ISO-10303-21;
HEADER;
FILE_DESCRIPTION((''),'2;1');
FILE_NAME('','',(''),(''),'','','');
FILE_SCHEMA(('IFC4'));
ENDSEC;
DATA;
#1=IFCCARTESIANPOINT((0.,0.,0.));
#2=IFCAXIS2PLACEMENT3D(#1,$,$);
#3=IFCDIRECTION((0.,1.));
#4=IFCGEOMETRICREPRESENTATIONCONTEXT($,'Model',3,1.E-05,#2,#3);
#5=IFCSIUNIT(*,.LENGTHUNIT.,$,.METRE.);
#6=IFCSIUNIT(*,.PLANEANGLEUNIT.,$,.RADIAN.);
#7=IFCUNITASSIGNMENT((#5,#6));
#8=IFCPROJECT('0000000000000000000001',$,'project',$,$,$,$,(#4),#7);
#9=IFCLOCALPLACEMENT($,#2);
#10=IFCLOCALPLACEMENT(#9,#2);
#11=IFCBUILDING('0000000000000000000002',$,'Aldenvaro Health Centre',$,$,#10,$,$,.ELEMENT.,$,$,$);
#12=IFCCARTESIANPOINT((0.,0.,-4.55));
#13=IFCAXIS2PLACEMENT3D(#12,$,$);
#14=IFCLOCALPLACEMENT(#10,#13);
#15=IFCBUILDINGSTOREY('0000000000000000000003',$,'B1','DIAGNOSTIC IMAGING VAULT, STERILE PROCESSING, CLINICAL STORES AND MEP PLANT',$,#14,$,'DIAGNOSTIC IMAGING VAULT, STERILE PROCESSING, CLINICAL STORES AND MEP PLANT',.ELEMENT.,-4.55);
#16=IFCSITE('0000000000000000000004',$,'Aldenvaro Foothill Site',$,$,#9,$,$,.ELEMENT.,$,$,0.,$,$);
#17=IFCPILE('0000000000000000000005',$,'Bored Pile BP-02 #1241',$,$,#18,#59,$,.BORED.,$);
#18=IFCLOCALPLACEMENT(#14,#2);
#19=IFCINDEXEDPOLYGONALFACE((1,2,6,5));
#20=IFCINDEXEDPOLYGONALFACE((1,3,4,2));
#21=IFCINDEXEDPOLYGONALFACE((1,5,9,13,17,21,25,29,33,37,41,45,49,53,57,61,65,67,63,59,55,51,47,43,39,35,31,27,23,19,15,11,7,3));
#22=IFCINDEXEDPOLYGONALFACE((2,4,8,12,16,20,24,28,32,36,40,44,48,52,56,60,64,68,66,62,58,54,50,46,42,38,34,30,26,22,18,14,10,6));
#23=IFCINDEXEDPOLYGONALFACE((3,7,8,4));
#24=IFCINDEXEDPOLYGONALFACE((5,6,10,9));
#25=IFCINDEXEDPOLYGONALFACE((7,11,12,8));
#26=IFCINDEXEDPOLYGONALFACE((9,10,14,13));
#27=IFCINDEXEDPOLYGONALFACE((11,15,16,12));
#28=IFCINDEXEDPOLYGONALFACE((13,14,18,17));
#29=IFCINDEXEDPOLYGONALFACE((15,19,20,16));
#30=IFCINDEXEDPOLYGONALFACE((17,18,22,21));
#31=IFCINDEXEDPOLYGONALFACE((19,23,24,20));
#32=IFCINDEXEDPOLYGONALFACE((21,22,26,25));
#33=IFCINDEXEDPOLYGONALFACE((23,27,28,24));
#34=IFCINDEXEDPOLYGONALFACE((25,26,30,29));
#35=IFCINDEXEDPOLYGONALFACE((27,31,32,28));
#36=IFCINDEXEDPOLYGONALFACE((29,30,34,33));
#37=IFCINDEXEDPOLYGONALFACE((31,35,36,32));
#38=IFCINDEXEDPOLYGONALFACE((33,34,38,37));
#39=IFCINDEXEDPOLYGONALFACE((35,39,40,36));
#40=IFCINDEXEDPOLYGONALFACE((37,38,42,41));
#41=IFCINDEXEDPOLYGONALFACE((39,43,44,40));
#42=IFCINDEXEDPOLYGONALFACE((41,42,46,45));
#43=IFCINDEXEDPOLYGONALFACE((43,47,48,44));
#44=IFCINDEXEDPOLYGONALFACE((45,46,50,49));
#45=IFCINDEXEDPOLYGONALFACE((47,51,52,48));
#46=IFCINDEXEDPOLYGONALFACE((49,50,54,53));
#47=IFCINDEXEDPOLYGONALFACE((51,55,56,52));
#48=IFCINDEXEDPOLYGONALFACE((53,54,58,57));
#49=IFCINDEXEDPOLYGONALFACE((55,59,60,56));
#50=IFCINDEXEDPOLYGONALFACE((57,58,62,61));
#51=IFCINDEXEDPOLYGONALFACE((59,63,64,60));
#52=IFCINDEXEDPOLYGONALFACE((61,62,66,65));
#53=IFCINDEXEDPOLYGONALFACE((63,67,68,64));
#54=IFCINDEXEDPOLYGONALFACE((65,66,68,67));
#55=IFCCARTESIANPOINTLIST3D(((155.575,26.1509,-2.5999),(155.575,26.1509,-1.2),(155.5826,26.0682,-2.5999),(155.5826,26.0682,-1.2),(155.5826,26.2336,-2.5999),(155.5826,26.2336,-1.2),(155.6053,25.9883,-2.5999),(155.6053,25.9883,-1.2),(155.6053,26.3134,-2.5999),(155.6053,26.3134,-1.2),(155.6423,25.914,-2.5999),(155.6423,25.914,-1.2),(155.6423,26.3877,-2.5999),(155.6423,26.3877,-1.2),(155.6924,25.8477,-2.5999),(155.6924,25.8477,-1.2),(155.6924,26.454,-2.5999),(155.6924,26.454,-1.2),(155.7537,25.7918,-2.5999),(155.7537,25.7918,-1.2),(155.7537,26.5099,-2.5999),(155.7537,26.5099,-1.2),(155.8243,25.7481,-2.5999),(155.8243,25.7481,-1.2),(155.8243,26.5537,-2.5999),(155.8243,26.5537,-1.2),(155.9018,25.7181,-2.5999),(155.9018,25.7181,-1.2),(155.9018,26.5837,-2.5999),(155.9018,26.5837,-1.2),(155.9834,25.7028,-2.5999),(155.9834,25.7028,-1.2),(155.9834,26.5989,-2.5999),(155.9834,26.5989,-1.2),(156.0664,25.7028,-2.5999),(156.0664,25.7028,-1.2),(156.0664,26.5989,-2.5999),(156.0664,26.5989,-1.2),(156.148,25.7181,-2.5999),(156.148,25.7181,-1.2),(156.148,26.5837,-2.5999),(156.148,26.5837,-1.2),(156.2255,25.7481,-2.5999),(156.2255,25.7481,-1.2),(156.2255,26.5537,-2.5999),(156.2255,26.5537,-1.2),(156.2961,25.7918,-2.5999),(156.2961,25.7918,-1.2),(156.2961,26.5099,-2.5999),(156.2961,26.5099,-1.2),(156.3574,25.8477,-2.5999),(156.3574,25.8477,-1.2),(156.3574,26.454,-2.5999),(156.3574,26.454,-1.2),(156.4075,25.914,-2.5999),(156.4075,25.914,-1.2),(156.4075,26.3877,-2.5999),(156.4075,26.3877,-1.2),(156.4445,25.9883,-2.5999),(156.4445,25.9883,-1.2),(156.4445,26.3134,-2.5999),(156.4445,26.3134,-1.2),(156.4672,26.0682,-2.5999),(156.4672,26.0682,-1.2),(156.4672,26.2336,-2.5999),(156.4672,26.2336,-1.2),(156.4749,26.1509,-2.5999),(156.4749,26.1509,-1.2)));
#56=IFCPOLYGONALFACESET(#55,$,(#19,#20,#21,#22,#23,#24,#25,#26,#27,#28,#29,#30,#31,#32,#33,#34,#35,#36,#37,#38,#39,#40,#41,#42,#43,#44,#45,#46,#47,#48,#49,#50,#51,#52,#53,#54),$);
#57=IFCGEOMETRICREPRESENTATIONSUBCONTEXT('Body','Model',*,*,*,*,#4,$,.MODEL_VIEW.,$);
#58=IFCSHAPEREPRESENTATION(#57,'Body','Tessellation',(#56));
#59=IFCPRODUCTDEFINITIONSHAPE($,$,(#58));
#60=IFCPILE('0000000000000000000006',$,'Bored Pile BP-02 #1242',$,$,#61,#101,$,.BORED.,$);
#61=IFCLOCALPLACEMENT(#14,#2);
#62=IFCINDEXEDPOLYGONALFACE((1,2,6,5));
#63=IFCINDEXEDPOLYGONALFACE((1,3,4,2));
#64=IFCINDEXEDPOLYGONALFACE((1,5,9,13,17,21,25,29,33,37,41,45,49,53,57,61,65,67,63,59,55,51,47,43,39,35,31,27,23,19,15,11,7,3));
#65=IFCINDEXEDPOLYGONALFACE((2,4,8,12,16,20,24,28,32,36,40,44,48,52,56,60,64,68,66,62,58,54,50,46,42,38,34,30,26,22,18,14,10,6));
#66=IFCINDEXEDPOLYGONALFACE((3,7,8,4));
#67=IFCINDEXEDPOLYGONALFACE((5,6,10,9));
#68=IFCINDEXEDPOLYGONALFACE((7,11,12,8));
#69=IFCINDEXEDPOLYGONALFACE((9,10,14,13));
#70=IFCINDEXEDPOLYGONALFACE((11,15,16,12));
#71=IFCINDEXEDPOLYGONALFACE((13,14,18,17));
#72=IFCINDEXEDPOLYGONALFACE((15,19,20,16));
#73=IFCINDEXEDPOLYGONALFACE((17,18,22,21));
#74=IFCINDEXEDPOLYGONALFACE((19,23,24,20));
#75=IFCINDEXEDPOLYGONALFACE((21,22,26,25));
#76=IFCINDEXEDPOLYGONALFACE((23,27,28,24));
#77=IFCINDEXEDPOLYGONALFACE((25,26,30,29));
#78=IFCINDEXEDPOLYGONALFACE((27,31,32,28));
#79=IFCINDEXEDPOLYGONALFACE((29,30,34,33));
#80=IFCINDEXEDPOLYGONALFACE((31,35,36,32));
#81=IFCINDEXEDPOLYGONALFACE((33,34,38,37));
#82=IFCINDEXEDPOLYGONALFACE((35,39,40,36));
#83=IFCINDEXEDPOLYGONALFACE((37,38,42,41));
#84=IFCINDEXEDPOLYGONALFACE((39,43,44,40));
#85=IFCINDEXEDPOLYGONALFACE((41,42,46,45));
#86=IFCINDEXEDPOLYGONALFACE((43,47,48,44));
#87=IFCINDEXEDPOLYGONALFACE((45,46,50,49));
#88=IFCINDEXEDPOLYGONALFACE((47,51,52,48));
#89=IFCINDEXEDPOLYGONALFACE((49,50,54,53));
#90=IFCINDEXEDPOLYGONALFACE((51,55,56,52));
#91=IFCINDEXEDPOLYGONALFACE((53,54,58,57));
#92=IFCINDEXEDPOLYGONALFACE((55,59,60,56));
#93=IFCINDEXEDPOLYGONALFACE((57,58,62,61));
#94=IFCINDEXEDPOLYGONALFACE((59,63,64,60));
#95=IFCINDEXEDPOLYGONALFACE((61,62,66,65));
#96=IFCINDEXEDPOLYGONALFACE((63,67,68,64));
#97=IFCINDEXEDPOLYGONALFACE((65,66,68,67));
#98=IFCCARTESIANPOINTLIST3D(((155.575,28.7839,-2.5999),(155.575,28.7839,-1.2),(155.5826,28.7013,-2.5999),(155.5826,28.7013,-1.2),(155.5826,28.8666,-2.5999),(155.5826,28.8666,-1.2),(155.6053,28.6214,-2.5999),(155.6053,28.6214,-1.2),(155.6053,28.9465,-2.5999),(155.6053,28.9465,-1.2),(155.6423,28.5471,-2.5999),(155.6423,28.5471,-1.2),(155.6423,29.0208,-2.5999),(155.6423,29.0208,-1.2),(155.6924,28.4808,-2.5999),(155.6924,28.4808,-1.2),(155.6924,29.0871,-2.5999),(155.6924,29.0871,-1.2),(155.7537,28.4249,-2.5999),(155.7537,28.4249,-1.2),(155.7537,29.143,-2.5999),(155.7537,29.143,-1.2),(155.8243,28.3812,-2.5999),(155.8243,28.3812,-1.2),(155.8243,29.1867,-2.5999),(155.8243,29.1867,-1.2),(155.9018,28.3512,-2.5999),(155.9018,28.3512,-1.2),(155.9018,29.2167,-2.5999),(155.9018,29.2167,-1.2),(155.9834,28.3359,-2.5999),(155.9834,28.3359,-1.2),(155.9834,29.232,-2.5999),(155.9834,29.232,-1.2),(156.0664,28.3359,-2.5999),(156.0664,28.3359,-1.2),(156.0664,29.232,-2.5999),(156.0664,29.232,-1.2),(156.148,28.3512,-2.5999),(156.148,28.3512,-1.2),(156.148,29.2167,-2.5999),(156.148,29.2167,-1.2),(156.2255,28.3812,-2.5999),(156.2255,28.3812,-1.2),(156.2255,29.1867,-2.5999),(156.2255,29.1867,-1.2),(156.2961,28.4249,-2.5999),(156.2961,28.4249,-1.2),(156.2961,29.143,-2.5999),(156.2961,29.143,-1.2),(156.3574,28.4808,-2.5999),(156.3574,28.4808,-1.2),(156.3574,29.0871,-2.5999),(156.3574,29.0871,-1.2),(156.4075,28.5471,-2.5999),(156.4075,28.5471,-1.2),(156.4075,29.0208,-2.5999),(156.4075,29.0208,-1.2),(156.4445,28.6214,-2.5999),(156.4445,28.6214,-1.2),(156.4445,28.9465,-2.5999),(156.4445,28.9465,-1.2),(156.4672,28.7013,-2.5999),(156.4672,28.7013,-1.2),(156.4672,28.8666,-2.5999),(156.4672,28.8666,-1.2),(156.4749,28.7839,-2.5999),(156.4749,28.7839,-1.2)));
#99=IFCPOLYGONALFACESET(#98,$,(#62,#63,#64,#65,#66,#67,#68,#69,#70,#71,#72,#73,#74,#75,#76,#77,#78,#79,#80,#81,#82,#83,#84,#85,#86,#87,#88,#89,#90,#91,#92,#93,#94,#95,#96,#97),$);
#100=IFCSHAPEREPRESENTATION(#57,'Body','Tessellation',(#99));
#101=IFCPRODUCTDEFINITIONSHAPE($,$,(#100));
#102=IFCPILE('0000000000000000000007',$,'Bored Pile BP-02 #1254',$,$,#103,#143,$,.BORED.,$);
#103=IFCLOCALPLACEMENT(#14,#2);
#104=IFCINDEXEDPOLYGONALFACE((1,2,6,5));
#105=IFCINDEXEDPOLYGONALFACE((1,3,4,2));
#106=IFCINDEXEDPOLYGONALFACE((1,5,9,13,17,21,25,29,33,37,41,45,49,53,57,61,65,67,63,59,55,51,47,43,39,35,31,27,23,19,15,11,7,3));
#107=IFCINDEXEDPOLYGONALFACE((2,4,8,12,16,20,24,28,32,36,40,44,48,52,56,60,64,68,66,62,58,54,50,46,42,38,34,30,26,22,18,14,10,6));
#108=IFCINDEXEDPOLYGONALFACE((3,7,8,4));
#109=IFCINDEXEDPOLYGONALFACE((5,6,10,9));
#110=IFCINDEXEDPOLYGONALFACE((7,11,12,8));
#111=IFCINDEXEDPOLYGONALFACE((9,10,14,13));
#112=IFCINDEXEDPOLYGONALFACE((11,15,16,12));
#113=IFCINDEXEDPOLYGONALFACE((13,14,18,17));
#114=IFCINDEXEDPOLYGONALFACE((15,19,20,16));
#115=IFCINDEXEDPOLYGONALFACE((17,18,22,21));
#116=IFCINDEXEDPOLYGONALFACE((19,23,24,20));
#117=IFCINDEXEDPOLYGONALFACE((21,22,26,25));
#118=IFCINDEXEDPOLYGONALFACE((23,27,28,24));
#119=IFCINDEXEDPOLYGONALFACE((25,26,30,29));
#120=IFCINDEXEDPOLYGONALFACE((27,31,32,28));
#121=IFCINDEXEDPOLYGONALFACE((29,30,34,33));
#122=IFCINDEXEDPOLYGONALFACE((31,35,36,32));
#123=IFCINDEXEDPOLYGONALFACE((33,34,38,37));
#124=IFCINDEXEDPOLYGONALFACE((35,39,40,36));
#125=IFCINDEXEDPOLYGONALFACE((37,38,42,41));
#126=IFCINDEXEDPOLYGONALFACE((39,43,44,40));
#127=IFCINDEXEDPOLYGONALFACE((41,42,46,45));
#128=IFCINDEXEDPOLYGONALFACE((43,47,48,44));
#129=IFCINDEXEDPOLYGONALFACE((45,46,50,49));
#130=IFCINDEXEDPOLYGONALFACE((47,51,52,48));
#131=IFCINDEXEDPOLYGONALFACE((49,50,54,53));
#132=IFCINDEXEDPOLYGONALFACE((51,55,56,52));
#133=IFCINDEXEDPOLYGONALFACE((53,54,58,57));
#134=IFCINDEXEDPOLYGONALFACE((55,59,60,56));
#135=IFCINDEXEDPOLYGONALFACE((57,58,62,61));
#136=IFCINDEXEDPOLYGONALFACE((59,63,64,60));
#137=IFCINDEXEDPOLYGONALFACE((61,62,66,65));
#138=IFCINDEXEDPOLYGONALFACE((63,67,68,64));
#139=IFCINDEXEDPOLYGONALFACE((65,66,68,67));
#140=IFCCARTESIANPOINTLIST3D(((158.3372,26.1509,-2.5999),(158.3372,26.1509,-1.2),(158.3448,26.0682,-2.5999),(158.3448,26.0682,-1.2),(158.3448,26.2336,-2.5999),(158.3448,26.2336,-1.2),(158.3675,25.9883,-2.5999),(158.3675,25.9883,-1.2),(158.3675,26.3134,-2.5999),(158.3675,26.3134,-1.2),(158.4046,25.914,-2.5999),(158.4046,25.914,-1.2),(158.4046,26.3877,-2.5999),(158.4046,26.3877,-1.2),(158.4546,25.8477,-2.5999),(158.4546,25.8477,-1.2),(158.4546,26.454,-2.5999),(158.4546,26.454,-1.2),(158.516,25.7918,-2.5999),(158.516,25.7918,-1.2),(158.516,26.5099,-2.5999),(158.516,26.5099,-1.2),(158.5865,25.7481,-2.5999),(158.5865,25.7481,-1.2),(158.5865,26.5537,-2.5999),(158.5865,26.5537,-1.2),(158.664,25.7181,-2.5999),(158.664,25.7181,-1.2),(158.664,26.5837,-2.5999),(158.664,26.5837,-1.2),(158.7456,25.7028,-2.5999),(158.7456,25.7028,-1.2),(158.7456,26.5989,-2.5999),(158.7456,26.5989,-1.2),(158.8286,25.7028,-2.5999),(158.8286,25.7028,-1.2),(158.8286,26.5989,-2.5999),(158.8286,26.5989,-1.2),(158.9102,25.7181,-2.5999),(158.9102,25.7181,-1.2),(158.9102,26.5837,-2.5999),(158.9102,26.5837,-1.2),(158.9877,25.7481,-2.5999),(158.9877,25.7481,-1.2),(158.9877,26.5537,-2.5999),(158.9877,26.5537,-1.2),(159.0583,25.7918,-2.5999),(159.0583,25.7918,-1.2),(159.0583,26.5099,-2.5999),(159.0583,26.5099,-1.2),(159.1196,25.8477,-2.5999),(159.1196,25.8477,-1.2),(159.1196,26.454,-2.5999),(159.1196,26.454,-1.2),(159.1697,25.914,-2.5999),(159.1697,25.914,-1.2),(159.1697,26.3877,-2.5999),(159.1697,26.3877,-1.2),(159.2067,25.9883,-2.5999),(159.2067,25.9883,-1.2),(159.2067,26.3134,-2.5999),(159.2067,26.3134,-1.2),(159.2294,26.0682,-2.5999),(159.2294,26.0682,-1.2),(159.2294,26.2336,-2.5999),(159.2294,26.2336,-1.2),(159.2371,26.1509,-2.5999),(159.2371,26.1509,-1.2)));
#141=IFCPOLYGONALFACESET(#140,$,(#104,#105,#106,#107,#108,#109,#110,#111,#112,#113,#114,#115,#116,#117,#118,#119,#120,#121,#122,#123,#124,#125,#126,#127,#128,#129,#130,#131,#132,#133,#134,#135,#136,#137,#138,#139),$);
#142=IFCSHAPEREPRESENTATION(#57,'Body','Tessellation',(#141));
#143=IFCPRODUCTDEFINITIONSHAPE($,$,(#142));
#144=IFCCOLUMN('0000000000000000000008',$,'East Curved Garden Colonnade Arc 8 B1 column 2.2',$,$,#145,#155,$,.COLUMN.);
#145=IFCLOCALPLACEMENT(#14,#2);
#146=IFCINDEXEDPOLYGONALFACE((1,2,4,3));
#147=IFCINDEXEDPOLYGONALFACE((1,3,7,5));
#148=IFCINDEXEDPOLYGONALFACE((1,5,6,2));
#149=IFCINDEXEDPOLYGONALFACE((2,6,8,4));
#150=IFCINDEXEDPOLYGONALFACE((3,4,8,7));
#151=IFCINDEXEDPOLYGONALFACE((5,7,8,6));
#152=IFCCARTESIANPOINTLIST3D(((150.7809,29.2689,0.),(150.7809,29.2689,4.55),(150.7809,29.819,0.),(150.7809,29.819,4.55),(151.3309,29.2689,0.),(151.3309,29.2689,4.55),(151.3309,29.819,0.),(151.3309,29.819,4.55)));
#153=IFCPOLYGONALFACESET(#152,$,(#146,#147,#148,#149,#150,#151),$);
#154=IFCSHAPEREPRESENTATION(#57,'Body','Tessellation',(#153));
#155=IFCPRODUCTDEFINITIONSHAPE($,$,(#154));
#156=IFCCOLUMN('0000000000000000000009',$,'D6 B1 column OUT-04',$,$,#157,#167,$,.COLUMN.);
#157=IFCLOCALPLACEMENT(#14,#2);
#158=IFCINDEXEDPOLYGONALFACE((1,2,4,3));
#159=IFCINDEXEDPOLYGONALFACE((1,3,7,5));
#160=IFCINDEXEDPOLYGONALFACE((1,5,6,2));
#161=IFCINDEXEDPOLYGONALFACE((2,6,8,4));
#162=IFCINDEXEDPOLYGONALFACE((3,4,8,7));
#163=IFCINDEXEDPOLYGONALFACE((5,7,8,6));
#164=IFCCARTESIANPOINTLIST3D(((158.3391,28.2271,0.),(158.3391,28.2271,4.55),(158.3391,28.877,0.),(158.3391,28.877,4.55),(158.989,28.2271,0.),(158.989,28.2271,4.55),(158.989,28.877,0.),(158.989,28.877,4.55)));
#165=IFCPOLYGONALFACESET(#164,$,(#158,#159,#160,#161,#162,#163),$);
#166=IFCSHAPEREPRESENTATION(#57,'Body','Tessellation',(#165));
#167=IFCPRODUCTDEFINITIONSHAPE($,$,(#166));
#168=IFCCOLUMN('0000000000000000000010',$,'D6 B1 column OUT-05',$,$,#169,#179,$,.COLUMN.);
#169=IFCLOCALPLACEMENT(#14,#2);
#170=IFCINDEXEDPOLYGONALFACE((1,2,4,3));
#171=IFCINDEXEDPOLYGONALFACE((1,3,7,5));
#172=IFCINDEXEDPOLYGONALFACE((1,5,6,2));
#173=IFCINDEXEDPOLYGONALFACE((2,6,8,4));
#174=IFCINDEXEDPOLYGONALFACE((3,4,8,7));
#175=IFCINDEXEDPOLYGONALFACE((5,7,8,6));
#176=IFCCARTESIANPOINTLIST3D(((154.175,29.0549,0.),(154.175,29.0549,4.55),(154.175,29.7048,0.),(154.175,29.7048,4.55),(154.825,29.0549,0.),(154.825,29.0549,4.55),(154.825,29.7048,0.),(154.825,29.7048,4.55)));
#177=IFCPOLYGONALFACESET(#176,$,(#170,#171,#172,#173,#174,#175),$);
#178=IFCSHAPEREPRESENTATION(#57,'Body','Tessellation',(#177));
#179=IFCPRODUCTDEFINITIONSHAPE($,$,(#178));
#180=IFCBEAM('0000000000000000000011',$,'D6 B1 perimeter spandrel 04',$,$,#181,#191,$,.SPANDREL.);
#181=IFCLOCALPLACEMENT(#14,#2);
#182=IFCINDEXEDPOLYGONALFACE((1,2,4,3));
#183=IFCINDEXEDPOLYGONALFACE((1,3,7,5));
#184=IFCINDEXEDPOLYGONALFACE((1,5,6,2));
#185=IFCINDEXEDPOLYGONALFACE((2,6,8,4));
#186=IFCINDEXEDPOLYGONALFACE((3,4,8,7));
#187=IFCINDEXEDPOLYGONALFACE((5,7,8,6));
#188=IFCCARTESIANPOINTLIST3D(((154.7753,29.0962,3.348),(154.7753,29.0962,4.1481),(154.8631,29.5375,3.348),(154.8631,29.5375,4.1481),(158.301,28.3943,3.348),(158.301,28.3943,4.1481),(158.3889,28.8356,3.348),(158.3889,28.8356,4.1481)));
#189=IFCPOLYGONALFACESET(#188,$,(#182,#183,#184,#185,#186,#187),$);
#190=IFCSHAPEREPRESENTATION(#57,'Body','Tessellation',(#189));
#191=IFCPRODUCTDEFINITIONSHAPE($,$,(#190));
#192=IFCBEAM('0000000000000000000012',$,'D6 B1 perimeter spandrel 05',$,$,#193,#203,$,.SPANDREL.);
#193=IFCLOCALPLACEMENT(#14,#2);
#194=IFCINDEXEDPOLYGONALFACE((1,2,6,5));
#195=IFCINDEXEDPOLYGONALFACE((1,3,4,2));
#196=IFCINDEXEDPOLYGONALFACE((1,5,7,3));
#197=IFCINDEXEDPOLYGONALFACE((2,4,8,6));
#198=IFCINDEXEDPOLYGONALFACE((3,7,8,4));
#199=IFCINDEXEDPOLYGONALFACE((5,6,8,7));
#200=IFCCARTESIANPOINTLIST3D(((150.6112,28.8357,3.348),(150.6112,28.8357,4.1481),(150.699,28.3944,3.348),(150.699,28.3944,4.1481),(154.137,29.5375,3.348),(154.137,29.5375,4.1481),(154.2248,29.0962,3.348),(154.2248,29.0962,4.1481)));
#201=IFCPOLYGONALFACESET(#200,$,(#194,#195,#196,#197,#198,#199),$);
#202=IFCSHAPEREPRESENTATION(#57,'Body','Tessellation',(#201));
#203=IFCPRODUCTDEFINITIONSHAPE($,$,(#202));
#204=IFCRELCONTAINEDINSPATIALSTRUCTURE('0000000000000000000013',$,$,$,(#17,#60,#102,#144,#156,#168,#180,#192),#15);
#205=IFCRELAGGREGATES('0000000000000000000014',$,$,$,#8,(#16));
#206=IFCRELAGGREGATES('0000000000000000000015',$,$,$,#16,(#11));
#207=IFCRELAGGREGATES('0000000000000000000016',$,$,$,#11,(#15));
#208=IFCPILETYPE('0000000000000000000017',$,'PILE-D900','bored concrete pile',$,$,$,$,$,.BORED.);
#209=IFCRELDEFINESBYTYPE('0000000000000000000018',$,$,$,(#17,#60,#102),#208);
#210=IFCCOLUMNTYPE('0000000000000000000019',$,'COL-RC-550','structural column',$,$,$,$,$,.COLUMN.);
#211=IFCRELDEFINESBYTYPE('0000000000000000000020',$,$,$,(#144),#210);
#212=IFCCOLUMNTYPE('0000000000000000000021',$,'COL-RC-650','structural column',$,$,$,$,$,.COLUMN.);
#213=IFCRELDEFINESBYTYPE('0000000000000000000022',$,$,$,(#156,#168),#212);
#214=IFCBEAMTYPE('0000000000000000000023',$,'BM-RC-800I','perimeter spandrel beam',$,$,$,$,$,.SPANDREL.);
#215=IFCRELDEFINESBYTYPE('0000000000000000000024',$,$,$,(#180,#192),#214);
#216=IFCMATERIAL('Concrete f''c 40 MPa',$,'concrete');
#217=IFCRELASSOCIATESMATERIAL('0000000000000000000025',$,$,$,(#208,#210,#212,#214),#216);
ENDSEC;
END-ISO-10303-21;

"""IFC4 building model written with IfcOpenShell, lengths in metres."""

from ifc_helpers import new_model, si_unit, direction, frame, origin, origin_2d, place, context, subcontext, project, spatial, rectangle, circle, extrude, material, material_profile, profile_set, type_object, element, save


model = new_model("IFC4")

# Units and contexts
model_context = context("Model", 3, precision=1e-05, world=origin(), true_north=direction((0.0, 1.0)))
body_context = subcontext(model_context, "Body", "Model", "MODEL_VIEW")
ifc_project = project(units=[si_unit("LENGTHUNIT", "METRE"), si_unit("PLANEANGLEUNIT", "RADIAN")], contexts=[model_context])

# Site, building, storey
site_placement = place(None, origin())
site = spatial("IfcSite", under=ifc_project, at=site_placement, Name="Aldenvaro Foothill Site", CompositionType="ELEMENT", RefElevation=0.0)
building_placement = place(site_placement, origin())
building = spatial("IfcBuilding", under=site, at=building_placement, Name="Aldenvaro Health Centre", CompositionType="ELEMENT")
storey_placement = place(building_placement, frame((0.0, 0.0, -4.55)))
storey = spatial("IfcBuildingStorey", under=building, at=storey_placement, Name="B1", Description="DIAGNOSTIC IMAGING VAULT, STERILE PROCESSING, CLINICAL STORES AND MEP PLANT", LongName="DIAGNOSTIC IMAGING VAULT, STERILE PROCESSING, CLINICAL STORES AND MEP PLANT", CompositionType="ELEMENT", Elevation=-4.55)

# Piles
ifc_material_1 = material(Name="Concrete f'c 40 MPa", Category="concrete")
ifc_material_profile_1 = material_profile(ifc_material_1, circle(Radius=0.45, at=origin_2d()), Name="PILE D900", Category="concrete")
ifc_profile_set_1 = profile_set([ifc_material_profile_1], Name="Concrete f'c 40 MPa")
pile_type = type_object("IfcPileType", Name="PILE-D900", Description="bored concrete pile", PredefinedType="BORED", material=ifc_profile_set_1)
for number, where, z_axis, x_axis, name in (
    (1, (156.0249, 26.1509, -1.2), (0.0, 0.0, -1.0), (1.0, 0.0, 0.0), "Bored Pile BP-02 #1241"),
    (2, (156.0249, 28.7839, -1.2), (0.0, 0.0, -1.0), (1.0, 0.0, 0.0), "Bored Pile BP-02 #1242"),
    (3, (158.7871, 26.1509, -1.2), (0.0, 0.0, -1.0), (1.0, 0.0, 0.0), "Bored Pile BP-02 #1254"),
):
    element("IfcPile", number, at=place(storey_placement, frame(where, z_axis=z_axis, x_axis=x_axis)), inside=storey, type_object=pile_type, Name=name, PredefinedType="BORED", context=body_context, shape_type="SweptSolid", body=[
        extrude(circle(Radius=0.45, at=origin_2d()), origin(), (0.0, 0.0, 1.0), 1.3999),
    ])

# Columns
ifc_material_profile_2 = material_profile(ifc_material_1, rectangle(XDim=0.55, YDim=0.55, at=origin_2d()), Name="RC 550x550", Category="concrete")
ifc_profile_set_2 = profile_set([ifc_material_profile_2], Name="Concrete f'c 40 MPa")
column_type_1 = type_object("IfcColumnType", Name="COL-RC-550", Description="structural column", PredefinedType="COLUMN", material=ifc_profile_set_2)
column_placement = place(storey_placement, frame((151.0559, 29.5439, 0.0), z_axis=(0.0, 0.0, 1.0), x_axis=(1.0, 0.0, 0.0)))
element("IfcColumn", 4, at=column_placement, inside=storey, type_object=column_type_1, Name="East Curved Garden Colonnade Arc 8 B1 column 2.2", PredefinedType="COLUMN", context=body_context, shape_type="SweptSolid", body=[
    extrude(rectangle(XDim=0.55, YDim=0.55, at=origin_2d()), origin(), (0.0, 0.0, 1.0), 4.55),
])
ifc_material_profile_3 = material_profile(ifc_material_1, rectangle(XDim=0.6499, YDim=0.6499, at=origin_2d()), Name="RC 650x650", Category="concrete")
ifc_profile_set_3 = profile_set([ifc_material_profile_3], Name="Concrete f'c 40 MPa")
column_type_2 = type_object("IfcColumnType", Name="COL-RC-650", Description="structural column", PredefinedType="COLUMN", material=ifc_profile_set_3)
for number, where, z_axis, x_axis, name in (
    (5, (158.6641, 28.552, 0.0), (0.0, 0.0, 1.0), (1.0, 0.0, 0.0), "D6 B1 column OUT-04"),
    (6, (154.5, 29.3799, 0.0), (0.0, 0.0, 1.0), (1.0, 0.0, 0.0), "D6 B1 column OUT-05"),
):
    element("IfcColumn", number, at=place(storey_placement, frame(where, z_axis=z_axis, x_axis=x_axis)), inside=storey, type_object=column_type_2, Name=name, PredefinedType="COLUMN", context=body_context, shape_type="SweptSolid", body=[
        extrude(rectangle(XDim=0.6499, YDim=0.6499, at=origin_2d()), origin(), (0.0, 0.0, 1.0), 4.55),
    ])

# Beams
ifc_material_profile_4 = material_profile(ifc_material_1, rectangle(XDim=0.45, YDim=0.8, at=origin_2d()), Name="RC 450x800", Category="concrete")
ifc_profile_set_4 = profile_set([ifc_material_profile_4], Name="Concrete f'c 40 MPa")
beam_type = type_object("IfcBeamType", Name="BM-RC-800I", Description="perimeter spandrel beam", PredefinedType="SPANDREL", material=ifc_profile_set_4)
for number, where, z_axis, x_axis, name in (
    (7, (158.345, 28.615, 3.748), (-0.980755, 0.195241, 0.0), (-0.195241, -0.980755, 0.0), "D6 B1 perimeter spandrel 04"),
    (8, (154.1809, 29.3169, 3.748), (-0.980755, -0.195241, 0.0), (0.195241, -0.980755, 0.0), "D6 B1 perimeter spandrel 05"),
):
    element("IfcBeam", number, at=place(storey_placement, frame(where, z_axis=z_axis, x_axis=x_axis)), inside=storey, type_object=beam_type, Name=name, PredefinedType="SPANDREL", context=body_context, shape_type="SweptSolid", body=[
        extrude(rectangle(XDim=0.45, YDim=0.8, at=origin_2d()), origin(), (0.0, 0.0, 1.0), 3.595),
    ])

save(model, "model.ifc")
